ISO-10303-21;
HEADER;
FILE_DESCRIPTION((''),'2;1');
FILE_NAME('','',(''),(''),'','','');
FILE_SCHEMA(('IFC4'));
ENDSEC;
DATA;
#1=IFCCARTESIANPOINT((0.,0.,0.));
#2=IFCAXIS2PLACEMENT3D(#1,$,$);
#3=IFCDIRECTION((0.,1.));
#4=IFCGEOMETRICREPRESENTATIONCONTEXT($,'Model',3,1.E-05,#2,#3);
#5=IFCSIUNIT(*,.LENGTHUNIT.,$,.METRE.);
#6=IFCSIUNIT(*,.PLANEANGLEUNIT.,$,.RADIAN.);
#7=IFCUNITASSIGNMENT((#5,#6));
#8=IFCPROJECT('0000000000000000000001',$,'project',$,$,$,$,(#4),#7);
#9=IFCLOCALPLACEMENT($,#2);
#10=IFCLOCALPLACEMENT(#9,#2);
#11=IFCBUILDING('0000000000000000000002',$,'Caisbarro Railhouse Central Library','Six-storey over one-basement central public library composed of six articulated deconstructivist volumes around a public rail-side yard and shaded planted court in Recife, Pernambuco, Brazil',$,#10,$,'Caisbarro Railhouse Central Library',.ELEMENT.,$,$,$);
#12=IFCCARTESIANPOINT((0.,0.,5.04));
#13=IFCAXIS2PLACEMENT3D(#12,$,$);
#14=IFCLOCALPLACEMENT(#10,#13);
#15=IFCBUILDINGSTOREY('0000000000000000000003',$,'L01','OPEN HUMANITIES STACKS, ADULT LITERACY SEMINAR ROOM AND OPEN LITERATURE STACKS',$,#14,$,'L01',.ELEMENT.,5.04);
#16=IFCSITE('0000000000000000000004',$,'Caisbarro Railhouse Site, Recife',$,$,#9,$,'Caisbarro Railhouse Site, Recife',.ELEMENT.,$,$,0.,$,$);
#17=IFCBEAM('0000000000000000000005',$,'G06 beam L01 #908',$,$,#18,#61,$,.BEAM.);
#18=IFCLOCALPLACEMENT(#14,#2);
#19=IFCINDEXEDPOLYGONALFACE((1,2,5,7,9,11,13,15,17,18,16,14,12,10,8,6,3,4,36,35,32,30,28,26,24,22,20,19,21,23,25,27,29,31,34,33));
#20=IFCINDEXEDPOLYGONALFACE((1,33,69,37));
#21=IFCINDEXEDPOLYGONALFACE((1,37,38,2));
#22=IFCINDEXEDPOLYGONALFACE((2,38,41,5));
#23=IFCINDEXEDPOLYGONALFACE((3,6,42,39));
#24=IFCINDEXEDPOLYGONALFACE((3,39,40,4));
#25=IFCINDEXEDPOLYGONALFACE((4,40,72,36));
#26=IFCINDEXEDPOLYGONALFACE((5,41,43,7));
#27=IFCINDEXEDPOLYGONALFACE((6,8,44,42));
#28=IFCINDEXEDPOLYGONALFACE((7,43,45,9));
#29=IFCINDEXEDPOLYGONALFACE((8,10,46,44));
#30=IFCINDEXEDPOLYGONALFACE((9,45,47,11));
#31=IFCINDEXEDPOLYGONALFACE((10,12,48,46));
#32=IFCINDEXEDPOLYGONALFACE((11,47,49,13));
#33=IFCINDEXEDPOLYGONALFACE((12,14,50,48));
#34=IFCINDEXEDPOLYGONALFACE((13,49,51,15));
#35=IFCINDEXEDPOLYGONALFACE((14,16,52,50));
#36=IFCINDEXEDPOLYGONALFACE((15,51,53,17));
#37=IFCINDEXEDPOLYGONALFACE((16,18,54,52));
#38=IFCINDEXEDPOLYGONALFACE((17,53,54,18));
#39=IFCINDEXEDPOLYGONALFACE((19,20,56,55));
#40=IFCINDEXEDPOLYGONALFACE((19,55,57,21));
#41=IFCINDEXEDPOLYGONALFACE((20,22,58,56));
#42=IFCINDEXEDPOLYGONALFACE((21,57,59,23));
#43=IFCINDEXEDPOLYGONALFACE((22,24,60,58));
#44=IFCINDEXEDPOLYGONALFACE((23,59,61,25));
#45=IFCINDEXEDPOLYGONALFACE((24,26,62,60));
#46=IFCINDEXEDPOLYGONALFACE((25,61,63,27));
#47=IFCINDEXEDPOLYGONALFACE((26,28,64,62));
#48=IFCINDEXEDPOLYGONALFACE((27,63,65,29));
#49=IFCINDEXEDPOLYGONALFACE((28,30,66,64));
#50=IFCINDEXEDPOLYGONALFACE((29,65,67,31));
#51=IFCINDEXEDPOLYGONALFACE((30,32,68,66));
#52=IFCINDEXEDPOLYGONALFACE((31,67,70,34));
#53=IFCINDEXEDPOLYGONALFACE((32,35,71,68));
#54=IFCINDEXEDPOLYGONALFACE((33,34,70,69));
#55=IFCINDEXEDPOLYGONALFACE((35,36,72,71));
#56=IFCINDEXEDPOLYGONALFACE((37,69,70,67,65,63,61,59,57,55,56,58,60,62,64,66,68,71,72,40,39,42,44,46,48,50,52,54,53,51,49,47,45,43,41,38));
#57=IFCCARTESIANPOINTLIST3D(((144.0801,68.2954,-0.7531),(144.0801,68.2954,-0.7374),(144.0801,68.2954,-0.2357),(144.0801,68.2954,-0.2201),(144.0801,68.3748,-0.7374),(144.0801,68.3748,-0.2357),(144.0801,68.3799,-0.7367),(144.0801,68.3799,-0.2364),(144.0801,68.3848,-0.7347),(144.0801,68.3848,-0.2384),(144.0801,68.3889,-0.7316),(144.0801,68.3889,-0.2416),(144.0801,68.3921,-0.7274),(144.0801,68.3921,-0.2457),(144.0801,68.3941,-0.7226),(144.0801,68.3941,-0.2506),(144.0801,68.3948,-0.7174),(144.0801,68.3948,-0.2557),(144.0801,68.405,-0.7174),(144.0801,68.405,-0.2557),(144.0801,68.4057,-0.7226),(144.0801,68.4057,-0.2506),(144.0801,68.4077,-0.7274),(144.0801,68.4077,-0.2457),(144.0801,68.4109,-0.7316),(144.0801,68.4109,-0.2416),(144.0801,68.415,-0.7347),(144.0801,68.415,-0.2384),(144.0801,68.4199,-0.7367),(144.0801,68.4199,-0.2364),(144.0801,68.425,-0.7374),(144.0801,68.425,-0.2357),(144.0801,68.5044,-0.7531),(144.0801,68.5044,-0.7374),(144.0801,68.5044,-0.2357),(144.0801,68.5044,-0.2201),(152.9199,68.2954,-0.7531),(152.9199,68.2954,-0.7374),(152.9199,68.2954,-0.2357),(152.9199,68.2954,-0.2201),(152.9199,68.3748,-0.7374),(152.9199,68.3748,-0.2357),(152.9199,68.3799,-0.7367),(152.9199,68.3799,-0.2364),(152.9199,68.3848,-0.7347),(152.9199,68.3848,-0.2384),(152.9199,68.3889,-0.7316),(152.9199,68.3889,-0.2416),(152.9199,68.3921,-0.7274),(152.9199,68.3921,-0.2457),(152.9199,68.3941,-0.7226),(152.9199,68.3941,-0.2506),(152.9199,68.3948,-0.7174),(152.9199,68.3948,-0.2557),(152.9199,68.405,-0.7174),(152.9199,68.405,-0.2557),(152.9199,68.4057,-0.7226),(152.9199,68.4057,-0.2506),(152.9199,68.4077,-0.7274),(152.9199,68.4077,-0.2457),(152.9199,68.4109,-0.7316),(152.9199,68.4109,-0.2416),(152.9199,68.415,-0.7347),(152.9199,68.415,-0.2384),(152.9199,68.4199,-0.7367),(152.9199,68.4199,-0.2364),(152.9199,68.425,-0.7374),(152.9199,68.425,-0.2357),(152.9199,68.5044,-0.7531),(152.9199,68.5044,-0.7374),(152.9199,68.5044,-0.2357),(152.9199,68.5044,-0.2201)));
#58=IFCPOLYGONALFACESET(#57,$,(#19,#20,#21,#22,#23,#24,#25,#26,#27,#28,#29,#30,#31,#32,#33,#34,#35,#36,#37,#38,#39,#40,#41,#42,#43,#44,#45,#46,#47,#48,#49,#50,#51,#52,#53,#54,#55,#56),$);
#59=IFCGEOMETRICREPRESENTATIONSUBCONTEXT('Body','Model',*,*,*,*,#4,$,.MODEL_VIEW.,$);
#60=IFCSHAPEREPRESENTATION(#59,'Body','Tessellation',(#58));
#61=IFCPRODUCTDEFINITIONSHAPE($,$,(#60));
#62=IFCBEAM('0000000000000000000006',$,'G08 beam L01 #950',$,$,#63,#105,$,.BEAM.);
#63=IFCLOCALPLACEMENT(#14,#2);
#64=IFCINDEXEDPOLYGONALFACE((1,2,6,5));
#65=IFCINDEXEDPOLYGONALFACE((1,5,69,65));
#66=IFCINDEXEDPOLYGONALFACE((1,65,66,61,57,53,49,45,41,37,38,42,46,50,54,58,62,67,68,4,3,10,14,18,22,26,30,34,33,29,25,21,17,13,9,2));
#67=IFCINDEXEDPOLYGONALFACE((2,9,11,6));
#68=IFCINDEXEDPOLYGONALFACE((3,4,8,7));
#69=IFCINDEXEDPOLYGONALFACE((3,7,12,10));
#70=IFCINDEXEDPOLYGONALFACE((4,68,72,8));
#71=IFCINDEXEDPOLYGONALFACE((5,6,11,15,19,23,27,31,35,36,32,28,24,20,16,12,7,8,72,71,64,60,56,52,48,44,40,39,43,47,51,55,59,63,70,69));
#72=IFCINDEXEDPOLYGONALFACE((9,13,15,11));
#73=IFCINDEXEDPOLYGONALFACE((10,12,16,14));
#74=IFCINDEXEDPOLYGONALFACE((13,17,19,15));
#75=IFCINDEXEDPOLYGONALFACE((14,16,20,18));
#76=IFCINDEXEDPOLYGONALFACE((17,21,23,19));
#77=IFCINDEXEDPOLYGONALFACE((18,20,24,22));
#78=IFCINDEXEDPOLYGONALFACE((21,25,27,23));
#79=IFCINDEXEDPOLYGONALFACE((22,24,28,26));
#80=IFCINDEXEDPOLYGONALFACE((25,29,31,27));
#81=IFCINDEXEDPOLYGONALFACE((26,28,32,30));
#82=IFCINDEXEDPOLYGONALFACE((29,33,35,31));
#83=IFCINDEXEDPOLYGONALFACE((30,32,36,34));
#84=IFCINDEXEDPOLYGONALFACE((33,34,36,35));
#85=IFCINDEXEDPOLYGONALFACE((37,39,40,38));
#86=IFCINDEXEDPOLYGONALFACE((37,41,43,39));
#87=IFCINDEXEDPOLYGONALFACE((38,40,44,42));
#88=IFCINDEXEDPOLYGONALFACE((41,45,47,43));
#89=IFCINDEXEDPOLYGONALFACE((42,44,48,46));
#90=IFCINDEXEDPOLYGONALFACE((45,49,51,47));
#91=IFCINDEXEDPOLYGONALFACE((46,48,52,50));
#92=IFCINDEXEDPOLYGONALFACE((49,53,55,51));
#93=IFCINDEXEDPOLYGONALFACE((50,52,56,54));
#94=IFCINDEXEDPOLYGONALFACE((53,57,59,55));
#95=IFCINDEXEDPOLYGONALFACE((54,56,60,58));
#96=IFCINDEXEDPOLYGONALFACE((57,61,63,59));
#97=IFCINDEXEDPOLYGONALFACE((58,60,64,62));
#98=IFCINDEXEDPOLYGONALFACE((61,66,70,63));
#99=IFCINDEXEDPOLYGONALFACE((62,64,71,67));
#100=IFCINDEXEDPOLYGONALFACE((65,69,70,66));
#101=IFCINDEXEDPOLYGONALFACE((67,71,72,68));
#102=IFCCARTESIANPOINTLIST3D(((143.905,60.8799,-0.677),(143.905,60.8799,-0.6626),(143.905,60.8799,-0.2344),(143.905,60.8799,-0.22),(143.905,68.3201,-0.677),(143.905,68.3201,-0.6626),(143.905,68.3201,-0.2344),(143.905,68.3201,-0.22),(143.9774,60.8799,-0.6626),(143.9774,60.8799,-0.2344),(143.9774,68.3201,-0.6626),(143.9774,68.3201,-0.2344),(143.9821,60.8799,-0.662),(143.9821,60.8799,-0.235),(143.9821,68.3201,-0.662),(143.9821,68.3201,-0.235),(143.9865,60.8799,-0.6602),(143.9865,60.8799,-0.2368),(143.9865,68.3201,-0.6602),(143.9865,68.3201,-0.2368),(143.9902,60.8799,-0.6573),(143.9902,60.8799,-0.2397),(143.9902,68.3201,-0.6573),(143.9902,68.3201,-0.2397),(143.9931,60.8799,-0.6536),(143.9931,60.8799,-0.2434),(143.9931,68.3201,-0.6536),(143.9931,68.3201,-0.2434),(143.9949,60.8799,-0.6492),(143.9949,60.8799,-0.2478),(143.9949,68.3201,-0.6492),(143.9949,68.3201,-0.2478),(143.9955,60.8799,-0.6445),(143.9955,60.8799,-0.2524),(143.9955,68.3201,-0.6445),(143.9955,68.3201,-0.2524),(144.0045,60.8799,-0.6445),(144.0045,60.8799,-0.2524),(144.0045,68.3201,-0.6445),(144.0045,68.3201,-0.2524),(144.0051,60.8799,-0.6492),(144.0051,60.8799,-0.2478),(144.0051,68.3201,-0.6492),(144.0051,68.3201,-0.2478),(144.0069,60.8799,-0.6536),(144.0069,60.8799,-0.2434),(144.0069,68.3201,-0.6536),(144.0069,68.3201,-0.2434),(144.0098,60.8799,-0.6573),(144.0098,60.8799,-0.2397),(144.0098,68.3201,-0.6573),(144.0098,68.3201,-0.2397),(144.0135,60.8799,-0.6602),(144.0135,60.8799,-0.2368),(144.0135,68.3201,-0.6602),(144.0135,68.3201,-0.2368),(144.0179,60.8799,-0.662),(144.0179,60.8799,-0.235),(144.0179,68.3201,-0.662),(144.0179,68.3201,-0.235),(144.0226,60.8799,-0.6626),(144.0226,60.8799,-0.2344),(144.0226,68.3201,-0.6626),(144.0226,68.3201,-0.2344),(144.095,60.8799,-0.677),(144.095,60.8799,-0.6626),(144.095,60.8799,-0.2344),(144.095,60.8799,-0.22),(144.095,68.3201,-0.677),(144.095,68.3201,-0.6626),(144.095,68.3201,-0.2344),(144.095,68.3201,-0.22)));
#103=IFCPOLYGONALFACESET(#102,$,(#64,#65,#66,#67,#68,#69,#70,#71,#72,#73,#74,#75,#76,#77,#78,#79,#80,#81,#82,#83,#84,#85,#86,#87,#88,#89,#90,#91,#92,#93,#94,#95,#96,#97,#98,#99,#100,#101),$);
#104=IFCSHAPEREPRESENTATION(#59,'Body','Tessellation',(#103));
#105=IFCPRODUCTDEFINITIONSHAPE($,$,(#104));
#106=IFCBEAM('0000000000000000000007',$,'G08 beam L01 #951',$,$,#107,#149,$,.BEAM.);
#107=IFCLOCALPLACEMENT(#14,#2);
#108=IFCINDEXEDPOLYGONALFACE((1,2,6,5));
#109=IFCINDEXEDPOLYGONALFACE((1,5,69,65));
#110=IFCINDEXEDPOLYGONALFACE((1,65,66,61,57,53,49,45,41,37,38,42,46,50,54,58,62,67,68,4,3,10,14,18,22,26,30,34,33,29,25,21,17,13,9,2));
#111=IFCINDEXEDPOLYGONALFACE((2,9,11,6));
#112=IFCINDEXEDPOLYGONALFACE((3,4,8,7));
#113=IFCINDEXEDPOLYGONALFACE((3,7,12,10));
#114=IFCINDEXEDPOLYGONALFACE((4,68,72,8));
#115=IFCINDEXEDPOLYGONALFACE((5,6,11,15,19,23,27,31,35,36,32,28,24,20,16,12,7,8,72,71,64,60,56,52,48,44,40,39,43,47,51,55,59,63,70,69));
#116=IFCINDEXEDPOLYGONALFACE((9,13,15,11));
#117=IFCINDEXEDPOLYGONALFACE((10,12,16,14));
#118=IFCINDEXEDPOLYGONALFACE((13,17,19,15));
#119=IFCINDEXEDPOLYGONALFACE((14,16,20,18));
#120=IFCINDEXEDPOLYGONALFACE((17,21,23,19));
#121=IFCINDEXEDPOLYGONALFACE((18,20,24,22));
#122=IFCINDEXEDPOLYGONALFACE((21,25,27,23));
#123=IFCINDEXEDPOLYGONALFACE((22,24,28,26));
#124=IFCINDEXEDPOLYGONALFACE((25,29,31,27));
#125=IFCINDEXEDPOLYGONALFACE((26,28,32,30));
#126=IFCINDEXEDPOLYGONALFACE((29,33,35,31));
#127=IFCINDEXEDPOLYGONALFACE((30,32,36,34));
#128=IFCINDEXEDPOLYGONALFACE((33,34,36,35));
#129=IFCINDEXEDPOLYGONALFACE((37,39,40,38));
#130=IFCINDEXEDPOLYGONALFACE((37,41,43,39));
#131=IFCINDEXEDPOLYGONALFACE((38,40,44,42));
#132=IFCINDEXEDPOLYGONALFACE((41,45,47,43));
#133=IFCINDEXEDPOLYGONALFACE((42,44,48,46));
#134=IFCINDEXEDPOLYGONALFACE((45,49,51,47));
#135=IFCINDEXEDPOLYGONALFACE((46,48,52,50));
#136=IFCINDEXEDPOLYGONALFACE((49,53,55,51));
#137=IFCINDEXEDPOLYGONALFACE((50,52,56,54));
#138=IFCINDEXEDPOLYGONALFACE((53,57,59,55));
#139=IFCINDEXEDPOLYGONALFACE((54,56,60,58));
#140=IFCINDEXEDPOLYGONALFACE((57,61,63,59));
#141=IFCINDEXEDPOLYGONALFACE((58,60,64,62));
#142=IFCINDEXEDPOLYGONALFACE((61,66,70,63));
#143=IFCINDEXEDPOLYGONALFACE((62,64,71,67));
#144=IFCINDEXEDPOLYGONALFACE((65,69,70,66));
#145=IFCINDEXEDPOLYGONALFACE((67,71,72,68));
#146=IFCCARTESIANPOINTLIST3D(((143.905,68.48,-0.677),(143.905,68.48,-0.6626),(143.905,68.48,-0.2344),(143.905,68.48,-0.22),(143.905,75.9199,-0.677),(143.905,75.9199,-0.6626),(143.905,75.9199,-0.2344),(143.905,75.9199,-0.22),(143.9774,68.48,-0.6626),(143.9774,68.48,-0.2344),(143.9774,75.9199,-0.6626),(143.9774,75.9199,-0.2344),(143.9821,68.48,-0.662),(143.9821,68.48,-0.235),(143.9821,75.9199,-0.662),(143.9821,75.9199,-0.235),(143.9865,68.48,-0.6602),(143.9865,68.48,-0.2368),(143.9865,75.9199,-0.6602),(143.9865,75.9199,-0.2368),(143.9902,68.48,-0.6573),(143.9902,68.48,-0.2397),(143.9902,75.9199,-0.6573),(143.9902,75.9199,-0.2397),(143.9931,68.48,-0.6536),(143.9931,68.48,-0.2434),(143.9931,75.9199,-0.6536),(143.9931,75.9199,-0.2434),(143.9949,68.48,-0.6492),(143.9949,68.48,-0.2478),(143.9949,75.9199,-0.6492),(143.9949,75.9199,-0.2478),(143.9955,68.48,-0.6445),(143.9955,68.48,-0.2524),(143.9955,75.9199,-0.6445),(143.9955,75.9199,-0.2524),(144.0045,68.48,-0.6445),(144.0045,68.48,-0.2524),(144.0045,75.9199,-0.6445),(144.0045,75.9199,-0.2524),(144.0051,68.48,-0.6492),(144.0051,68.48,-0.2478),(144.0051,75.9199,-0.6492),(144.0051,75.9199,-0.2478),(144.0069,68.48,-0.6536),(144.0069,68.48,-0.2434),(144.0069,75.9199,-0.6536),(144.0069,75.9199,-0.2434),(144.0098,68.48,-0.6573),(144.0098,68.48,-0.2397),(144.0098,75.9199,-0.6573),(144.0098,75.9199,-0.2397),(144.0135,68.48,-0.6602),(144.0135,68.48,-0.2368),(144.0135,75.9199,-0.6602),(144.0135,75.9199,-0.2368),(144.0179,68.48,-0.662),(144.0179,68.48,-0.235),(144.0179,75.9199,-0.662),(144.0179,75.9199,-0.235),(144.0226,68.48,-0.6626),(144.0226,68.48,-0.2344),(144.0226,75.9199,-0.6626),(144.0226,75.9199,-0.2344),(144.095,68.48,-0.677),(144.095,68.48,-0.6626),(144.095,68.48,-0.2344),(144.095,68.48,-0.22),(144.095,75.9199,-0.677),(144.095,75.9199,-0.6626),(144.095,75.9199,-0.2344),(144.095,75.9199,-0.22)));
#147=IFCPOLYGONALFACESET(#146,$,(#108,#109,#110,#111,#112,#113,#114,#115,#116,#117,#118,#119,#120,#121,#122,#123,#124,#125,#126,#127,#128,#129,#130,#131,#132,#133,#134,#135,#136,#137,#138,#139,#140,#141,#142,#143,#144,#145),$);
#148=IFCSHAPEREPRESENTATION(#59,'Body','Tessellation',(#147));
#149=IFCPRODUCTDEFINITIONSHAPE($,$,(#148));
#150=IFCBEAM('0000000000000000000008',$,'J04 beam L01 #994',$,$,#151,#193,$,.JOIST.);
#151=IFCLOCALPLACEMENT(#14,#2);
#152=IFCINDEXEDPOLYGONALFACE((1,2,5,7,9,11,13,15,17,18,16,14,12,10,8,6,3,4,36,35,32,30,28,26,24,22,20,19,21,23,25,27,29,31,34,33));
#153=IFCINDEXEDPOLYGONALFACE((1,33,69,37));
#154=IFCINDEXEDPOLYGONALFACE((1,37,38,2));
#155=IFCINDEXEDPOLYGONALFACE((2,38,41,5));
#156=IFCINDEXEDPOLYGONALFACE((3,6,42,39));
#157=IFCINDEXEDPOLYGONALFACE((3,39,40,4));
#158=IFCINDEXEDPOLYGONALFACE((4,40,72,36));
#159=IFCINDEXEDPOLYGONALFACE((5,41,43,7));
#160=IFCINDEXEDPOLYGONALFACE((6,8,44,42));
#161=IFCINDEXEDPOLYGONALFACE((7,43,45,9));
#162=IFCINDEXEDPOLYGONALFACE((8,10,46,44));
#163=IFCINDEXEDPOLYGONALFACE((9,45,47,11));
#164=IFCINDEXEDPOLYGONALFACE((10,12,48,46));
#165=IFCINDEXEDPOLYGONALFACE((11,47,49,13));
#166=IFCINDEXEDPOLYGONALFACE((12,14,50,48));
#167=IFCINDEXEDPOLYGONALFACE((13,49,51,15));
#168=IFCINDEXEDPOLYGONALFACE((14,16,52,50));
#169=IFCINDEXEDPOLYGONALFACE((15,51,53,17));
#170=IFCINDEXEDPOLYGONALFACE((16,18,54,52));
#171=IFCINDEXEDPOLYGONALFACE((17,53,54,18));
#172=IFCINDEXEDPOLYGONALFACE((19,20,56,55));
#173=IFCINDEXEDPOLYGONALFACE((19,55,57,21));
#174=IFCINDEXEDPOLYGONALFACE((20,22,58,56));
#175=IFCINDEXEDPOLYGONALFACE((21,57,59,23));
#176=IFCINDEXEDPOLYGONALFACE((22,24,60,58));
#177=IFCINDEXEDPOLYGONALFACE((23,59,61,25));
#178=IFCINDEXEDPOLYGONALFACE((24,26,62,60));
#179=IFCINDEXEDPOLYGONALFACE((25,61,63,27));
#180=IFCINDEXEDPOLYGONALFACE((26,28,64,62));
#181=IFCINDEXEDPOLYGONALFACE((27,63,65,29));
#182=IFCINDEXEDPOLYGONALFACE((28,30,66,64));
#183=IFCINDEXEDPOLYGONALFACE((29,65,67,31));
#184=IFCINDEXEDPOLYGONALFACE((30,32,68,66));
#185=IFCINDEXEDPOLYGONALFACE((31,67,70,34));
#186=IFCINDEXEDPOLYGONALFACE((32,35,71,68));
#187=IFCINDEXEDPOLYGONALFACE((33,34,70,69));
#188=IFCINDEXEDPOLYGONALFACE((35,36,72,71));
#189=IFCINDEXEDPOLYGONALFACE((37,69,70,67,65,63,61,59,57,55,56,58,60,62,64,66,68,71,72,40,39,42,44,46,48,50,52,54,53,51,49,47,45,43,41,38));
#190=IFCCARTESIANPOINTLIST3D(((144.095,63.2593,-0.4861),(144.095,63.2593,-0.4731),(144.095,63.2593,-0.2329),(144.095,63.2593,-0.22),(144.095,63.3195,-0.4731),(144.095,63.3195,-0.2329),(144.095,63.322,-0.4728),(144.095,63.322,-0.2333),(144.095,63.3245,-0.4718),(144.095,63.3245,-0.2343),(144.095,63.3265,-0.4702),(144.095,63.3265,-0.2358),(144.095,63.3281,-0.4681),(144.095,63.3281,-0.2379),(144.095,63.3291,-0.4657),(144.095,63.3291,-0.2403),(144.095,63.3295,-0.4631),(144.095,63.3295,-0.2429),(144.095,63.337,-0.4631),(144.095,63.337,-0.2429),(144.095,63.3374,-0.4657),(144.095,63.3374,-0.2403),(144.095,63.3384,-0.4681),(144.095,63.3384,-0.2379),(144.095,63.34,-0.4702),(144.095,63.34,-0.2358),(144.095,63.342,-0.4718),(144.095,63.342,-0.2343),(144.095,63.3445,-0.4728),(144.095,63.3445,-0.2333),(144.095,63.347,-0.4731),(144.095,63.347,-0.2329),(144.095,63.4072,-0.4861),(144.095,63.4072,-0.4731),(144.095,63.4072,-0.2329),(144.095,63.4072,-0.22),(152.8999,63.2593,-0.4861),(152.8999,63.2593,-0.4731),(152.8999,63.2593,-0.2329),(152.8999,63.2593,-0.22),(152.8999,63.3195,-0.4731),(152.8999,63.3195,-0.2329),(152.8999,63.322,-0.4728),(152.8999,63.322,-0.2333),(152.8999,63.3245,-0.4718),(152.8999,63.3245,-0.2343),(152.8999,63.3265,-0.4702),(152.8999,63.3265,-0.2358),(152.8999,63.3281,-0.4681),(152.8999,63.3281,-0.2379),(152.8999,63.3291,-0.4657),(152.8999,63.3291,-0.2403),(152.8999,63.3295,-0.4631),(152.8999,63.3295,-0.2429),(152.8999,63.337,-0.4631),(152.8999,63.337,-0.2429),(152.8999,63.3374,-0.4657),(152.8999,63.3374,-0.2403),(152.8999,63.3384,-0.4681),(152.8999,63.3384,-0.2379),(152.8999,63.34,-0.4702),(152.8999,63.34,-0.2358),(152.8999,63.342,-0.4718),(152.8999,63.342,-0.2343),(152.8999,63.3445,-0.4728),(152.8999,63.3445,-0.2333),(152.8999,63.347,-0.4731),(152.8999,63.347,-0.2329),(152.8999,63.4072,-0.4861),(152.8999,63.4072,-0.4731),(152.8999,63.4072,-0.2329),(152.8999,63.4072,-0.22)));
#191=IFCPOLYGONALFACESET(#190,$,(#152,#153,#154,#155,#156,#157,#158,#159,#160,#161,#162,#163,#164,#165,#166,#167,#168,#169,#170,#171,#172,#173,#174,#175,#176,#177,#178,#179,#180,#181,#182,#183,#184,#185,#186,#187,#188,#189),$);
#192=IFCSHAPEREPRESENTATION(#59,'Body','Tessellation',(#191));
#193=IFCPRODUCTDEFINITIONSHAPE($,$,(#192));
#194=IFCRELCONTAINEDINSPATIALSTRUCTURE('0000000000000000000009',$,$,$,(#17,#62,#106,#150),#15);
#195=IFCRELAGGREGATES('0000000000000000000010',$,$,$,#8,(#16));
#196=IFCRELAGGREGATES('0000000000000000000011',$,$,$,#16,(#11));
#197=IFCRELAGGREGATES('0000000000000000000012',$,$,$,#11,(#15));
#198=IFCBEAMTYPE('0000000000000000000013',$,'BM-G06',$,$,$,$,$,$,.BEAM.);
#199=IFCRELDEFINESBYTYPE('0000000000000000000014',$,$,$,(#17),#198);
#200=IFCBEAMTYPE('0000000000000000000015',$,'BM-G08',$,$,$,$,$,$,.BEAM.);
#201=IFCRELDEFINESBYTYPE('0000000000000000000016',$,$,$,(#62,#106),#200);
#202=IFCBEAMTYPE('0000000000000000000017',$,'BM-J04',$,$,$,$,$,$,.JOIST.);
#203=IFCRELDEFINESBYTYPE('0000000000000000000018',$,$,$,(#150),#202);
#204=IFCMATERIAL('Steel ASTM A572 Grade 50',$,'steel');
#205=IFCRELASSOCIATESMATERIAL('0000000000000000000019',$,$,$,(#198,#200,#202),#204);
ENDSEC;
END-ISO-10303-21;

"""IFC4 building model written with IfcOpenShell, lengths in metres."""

from ifc_helpers import new_model, si_unit, direction, frame, origin, origin_2d, place, context, subcontext, project, spatial, i_section, extrude, material, material_profile, profile_set, type_object, element, save


model = new_model("IFC4")

# Units and contexts
model_context = context("Model", 3, precision=1e-05, world=origin(), true_north=direction((0.0, 1.0)))
body_context = subcontext(model_context, "Body", "Model", "MODEL_VIEW")
ifc_project = project(units=[si_unit("LENGTHUNIT", "METRE"), si_unit("PLANEANGLEUNIT", "RADIAN")], contexts=[model_context])

# Site, building, storey
site_placement = place(None, origin())
site = spatial("IfcSite", under=ifc_project, at=site_placement, Name="Caisbarro Railhouse Site, Recife", LongName="Caisbarro Railhouse Site, Recife", CompositionType="ELEMENT", RefElevation=0.0)
building_placement = place(site_placement, origin())
building = spatial("IfcBuilding", under=site, at=building_placement, Name="Caisbarro Railhouse Central Library", Description="Six-storey over one-basement central public library composed of six articulated deconstructivist volumes around a public rail-side yard and shaded planted court in Recife, Pernambuco, Brazil", LongName="Caisbarro Railhouse Central Library", CompositionType="ELEMENT")
storey_placement = place(building_placement, frame((0.0, 0.0, 5.04)))
storey = spatial("IfcBuildingStorey", under=building, at=storey_placement, Name="L01", Description="OPEN HUMANITIES STACKS, ADULT LITERACY SEMINAR ROOM AND OPEN LITERATURE STACKS", LongName="L01", CompositionType="ELEMENT", Elevation=5.04)

# Shared definitions
ifc_material_1 = material(Name="Steel ASTM A572 Grade 50", Category="steel")

# Beams
ifc_material_profile_1 = material_profile(ifc_material_1, i_section(OverallWidth=0.209, OverallDepth=0.533, WebThickness=0.0103, FlangeThickness=0.0156, FilletRadius=0.02, at=origin_2d()), Name="W530X92.0")
ifc_profile_set_1 = profile_set([ifc_material_profile_1], Name="Steel ASTM A572 Grade 50")
beam_type_1 = type_object("IfcBeamType", Name="BM-G06", PredefinedType="BEAM", material=ifc_profile_set_1)
beam_1_placement = place(storey_placement, frame((144.0801, 68.3999, -0.4866), z_axis=(1.0, 0.0, 0.0), x_axis=(0.0, 1.0, 0.0)))
element("IfcBeam", 1, at=beam_1_placement, inside=storey, type_object=beam_type_1, Name="G06 beam L01 #908", PredefinedType="BEAM", context=body_context, shape_type="SweptSolid", body=[
    extrude(i_section(OverallWidth=0.209, OverallDepth=0.533, WebThickness=0.0103, FlangeThickness=0.0156, FilletRadius=0.02, at=origin_2d()), origin(), (0.0, 0.0, 1.0), 8.8398),
])
ifc_material_profile_2 = material_profile(ifc_material_1, i_section(OverallWidth=0.1899, OverallDepth=0.457, WebThickness=0.009, FlangeThickness=0.0144, FilletRadius=0.0181, at=origin_2d()), Name="W460X74.0")
ifc_profile_set_2 = profile_set([ifc_material_profile_2], Name="Steel ASTM A572 Grade 50")
beam_type_2 = type_object("IfcBeamType", Name="BM-G08", PredefinedType="BEAM", material=ifc_profile_set_2)
beam_2_placement = place(storey_placement, frame((144.0, 60.8799, -0.4485), z_axis=(0.0, 1.0, 0.0), x_axis=(-1.0, 0.0, 0.0)))
element("IfcBeam", 2, at=beam_2_placement, inside=storey, type_object=beam_type_2, Name="G08 beam L01 #950", PredefinedType="BEAM", context=body_context, shape_type="SweptSolid", body=[
    extrude(i_section(OverallWidth=0.1899, OverallDepth=0.457, WebThickness=0.009, FlangeThickness=0.0144, FilletRadius=0.0181, at=origin_2d()), origin(), (0.0, 0.0, 1.0), 7.4402),
])
beam_3_placement = place(storey_placement, frame((144.0, 68.48, -0.4485), z_axis=(0.0, 1.0, 0.0), x_axis=(-1.0, 0.0, 0.0)))
element("IfcBeam", 3, at=beam_3_placement, inside=storey, type_object=beam_type_2, Name="G08 beam L01 #951", PredefinedType="BEAM", context=body_context, shape_type="SweptSolid", body=[
    extrude(i_section(OverallWidth=0.1899, OverallDepth=0.457, WebThickness=0.009, FlangeThickness=0.0144, FilletRadius=0.0181, at=origin_2d()), origin(), (0.0, 0.0, 1.0), 7.4399),
])
ifc_material_profile_3 = material_profile(ifc_material_1, i_section(OverallWidth=0.1479, OverallDepth=0.2661, WebThickness=0.0076, FlangeThickness=0.0129, FilletRadius=0.01, at=origin_2d()), Name="W250X44.8")
ifc_profile_set_3 = profile_set([ifc_material_profile_3], Name="Steel ASTM A572 Grade 50")
beam_type_3 = type_object("IfcBeamType", Name="BM-J04", PredefinedType="JOIST", material=ifc_profile_set_3)
for number, where, z_axis, x_axis, name in (
    (4, (144.095, 63.3333, -0.353), (1.0, 0.0, 0.0), (0.0, 1.0, 0.0), "J04 beam L01 #994"),
):
    element("IfcBeam", number, at=place(storey_placement, frame(where, z_axis=z_axis, x_axis=x_axis)), inside=storey, type_object=beam_type_3, Name=name, PredefinedType="JOIST", context=body_context, shape_type="SweptSolid", body=[
        extrude(i_section(OverallWidth=0.1479, OverallDepth=0.2661, WebThickness=0.0076, FlangeThickness=0.0129, FilletRadius=0.01, at=origin_2d()), origin(), (0.0, 0.0, 1.0), 8.8049),
    ])

save(model, "model.ifc")
